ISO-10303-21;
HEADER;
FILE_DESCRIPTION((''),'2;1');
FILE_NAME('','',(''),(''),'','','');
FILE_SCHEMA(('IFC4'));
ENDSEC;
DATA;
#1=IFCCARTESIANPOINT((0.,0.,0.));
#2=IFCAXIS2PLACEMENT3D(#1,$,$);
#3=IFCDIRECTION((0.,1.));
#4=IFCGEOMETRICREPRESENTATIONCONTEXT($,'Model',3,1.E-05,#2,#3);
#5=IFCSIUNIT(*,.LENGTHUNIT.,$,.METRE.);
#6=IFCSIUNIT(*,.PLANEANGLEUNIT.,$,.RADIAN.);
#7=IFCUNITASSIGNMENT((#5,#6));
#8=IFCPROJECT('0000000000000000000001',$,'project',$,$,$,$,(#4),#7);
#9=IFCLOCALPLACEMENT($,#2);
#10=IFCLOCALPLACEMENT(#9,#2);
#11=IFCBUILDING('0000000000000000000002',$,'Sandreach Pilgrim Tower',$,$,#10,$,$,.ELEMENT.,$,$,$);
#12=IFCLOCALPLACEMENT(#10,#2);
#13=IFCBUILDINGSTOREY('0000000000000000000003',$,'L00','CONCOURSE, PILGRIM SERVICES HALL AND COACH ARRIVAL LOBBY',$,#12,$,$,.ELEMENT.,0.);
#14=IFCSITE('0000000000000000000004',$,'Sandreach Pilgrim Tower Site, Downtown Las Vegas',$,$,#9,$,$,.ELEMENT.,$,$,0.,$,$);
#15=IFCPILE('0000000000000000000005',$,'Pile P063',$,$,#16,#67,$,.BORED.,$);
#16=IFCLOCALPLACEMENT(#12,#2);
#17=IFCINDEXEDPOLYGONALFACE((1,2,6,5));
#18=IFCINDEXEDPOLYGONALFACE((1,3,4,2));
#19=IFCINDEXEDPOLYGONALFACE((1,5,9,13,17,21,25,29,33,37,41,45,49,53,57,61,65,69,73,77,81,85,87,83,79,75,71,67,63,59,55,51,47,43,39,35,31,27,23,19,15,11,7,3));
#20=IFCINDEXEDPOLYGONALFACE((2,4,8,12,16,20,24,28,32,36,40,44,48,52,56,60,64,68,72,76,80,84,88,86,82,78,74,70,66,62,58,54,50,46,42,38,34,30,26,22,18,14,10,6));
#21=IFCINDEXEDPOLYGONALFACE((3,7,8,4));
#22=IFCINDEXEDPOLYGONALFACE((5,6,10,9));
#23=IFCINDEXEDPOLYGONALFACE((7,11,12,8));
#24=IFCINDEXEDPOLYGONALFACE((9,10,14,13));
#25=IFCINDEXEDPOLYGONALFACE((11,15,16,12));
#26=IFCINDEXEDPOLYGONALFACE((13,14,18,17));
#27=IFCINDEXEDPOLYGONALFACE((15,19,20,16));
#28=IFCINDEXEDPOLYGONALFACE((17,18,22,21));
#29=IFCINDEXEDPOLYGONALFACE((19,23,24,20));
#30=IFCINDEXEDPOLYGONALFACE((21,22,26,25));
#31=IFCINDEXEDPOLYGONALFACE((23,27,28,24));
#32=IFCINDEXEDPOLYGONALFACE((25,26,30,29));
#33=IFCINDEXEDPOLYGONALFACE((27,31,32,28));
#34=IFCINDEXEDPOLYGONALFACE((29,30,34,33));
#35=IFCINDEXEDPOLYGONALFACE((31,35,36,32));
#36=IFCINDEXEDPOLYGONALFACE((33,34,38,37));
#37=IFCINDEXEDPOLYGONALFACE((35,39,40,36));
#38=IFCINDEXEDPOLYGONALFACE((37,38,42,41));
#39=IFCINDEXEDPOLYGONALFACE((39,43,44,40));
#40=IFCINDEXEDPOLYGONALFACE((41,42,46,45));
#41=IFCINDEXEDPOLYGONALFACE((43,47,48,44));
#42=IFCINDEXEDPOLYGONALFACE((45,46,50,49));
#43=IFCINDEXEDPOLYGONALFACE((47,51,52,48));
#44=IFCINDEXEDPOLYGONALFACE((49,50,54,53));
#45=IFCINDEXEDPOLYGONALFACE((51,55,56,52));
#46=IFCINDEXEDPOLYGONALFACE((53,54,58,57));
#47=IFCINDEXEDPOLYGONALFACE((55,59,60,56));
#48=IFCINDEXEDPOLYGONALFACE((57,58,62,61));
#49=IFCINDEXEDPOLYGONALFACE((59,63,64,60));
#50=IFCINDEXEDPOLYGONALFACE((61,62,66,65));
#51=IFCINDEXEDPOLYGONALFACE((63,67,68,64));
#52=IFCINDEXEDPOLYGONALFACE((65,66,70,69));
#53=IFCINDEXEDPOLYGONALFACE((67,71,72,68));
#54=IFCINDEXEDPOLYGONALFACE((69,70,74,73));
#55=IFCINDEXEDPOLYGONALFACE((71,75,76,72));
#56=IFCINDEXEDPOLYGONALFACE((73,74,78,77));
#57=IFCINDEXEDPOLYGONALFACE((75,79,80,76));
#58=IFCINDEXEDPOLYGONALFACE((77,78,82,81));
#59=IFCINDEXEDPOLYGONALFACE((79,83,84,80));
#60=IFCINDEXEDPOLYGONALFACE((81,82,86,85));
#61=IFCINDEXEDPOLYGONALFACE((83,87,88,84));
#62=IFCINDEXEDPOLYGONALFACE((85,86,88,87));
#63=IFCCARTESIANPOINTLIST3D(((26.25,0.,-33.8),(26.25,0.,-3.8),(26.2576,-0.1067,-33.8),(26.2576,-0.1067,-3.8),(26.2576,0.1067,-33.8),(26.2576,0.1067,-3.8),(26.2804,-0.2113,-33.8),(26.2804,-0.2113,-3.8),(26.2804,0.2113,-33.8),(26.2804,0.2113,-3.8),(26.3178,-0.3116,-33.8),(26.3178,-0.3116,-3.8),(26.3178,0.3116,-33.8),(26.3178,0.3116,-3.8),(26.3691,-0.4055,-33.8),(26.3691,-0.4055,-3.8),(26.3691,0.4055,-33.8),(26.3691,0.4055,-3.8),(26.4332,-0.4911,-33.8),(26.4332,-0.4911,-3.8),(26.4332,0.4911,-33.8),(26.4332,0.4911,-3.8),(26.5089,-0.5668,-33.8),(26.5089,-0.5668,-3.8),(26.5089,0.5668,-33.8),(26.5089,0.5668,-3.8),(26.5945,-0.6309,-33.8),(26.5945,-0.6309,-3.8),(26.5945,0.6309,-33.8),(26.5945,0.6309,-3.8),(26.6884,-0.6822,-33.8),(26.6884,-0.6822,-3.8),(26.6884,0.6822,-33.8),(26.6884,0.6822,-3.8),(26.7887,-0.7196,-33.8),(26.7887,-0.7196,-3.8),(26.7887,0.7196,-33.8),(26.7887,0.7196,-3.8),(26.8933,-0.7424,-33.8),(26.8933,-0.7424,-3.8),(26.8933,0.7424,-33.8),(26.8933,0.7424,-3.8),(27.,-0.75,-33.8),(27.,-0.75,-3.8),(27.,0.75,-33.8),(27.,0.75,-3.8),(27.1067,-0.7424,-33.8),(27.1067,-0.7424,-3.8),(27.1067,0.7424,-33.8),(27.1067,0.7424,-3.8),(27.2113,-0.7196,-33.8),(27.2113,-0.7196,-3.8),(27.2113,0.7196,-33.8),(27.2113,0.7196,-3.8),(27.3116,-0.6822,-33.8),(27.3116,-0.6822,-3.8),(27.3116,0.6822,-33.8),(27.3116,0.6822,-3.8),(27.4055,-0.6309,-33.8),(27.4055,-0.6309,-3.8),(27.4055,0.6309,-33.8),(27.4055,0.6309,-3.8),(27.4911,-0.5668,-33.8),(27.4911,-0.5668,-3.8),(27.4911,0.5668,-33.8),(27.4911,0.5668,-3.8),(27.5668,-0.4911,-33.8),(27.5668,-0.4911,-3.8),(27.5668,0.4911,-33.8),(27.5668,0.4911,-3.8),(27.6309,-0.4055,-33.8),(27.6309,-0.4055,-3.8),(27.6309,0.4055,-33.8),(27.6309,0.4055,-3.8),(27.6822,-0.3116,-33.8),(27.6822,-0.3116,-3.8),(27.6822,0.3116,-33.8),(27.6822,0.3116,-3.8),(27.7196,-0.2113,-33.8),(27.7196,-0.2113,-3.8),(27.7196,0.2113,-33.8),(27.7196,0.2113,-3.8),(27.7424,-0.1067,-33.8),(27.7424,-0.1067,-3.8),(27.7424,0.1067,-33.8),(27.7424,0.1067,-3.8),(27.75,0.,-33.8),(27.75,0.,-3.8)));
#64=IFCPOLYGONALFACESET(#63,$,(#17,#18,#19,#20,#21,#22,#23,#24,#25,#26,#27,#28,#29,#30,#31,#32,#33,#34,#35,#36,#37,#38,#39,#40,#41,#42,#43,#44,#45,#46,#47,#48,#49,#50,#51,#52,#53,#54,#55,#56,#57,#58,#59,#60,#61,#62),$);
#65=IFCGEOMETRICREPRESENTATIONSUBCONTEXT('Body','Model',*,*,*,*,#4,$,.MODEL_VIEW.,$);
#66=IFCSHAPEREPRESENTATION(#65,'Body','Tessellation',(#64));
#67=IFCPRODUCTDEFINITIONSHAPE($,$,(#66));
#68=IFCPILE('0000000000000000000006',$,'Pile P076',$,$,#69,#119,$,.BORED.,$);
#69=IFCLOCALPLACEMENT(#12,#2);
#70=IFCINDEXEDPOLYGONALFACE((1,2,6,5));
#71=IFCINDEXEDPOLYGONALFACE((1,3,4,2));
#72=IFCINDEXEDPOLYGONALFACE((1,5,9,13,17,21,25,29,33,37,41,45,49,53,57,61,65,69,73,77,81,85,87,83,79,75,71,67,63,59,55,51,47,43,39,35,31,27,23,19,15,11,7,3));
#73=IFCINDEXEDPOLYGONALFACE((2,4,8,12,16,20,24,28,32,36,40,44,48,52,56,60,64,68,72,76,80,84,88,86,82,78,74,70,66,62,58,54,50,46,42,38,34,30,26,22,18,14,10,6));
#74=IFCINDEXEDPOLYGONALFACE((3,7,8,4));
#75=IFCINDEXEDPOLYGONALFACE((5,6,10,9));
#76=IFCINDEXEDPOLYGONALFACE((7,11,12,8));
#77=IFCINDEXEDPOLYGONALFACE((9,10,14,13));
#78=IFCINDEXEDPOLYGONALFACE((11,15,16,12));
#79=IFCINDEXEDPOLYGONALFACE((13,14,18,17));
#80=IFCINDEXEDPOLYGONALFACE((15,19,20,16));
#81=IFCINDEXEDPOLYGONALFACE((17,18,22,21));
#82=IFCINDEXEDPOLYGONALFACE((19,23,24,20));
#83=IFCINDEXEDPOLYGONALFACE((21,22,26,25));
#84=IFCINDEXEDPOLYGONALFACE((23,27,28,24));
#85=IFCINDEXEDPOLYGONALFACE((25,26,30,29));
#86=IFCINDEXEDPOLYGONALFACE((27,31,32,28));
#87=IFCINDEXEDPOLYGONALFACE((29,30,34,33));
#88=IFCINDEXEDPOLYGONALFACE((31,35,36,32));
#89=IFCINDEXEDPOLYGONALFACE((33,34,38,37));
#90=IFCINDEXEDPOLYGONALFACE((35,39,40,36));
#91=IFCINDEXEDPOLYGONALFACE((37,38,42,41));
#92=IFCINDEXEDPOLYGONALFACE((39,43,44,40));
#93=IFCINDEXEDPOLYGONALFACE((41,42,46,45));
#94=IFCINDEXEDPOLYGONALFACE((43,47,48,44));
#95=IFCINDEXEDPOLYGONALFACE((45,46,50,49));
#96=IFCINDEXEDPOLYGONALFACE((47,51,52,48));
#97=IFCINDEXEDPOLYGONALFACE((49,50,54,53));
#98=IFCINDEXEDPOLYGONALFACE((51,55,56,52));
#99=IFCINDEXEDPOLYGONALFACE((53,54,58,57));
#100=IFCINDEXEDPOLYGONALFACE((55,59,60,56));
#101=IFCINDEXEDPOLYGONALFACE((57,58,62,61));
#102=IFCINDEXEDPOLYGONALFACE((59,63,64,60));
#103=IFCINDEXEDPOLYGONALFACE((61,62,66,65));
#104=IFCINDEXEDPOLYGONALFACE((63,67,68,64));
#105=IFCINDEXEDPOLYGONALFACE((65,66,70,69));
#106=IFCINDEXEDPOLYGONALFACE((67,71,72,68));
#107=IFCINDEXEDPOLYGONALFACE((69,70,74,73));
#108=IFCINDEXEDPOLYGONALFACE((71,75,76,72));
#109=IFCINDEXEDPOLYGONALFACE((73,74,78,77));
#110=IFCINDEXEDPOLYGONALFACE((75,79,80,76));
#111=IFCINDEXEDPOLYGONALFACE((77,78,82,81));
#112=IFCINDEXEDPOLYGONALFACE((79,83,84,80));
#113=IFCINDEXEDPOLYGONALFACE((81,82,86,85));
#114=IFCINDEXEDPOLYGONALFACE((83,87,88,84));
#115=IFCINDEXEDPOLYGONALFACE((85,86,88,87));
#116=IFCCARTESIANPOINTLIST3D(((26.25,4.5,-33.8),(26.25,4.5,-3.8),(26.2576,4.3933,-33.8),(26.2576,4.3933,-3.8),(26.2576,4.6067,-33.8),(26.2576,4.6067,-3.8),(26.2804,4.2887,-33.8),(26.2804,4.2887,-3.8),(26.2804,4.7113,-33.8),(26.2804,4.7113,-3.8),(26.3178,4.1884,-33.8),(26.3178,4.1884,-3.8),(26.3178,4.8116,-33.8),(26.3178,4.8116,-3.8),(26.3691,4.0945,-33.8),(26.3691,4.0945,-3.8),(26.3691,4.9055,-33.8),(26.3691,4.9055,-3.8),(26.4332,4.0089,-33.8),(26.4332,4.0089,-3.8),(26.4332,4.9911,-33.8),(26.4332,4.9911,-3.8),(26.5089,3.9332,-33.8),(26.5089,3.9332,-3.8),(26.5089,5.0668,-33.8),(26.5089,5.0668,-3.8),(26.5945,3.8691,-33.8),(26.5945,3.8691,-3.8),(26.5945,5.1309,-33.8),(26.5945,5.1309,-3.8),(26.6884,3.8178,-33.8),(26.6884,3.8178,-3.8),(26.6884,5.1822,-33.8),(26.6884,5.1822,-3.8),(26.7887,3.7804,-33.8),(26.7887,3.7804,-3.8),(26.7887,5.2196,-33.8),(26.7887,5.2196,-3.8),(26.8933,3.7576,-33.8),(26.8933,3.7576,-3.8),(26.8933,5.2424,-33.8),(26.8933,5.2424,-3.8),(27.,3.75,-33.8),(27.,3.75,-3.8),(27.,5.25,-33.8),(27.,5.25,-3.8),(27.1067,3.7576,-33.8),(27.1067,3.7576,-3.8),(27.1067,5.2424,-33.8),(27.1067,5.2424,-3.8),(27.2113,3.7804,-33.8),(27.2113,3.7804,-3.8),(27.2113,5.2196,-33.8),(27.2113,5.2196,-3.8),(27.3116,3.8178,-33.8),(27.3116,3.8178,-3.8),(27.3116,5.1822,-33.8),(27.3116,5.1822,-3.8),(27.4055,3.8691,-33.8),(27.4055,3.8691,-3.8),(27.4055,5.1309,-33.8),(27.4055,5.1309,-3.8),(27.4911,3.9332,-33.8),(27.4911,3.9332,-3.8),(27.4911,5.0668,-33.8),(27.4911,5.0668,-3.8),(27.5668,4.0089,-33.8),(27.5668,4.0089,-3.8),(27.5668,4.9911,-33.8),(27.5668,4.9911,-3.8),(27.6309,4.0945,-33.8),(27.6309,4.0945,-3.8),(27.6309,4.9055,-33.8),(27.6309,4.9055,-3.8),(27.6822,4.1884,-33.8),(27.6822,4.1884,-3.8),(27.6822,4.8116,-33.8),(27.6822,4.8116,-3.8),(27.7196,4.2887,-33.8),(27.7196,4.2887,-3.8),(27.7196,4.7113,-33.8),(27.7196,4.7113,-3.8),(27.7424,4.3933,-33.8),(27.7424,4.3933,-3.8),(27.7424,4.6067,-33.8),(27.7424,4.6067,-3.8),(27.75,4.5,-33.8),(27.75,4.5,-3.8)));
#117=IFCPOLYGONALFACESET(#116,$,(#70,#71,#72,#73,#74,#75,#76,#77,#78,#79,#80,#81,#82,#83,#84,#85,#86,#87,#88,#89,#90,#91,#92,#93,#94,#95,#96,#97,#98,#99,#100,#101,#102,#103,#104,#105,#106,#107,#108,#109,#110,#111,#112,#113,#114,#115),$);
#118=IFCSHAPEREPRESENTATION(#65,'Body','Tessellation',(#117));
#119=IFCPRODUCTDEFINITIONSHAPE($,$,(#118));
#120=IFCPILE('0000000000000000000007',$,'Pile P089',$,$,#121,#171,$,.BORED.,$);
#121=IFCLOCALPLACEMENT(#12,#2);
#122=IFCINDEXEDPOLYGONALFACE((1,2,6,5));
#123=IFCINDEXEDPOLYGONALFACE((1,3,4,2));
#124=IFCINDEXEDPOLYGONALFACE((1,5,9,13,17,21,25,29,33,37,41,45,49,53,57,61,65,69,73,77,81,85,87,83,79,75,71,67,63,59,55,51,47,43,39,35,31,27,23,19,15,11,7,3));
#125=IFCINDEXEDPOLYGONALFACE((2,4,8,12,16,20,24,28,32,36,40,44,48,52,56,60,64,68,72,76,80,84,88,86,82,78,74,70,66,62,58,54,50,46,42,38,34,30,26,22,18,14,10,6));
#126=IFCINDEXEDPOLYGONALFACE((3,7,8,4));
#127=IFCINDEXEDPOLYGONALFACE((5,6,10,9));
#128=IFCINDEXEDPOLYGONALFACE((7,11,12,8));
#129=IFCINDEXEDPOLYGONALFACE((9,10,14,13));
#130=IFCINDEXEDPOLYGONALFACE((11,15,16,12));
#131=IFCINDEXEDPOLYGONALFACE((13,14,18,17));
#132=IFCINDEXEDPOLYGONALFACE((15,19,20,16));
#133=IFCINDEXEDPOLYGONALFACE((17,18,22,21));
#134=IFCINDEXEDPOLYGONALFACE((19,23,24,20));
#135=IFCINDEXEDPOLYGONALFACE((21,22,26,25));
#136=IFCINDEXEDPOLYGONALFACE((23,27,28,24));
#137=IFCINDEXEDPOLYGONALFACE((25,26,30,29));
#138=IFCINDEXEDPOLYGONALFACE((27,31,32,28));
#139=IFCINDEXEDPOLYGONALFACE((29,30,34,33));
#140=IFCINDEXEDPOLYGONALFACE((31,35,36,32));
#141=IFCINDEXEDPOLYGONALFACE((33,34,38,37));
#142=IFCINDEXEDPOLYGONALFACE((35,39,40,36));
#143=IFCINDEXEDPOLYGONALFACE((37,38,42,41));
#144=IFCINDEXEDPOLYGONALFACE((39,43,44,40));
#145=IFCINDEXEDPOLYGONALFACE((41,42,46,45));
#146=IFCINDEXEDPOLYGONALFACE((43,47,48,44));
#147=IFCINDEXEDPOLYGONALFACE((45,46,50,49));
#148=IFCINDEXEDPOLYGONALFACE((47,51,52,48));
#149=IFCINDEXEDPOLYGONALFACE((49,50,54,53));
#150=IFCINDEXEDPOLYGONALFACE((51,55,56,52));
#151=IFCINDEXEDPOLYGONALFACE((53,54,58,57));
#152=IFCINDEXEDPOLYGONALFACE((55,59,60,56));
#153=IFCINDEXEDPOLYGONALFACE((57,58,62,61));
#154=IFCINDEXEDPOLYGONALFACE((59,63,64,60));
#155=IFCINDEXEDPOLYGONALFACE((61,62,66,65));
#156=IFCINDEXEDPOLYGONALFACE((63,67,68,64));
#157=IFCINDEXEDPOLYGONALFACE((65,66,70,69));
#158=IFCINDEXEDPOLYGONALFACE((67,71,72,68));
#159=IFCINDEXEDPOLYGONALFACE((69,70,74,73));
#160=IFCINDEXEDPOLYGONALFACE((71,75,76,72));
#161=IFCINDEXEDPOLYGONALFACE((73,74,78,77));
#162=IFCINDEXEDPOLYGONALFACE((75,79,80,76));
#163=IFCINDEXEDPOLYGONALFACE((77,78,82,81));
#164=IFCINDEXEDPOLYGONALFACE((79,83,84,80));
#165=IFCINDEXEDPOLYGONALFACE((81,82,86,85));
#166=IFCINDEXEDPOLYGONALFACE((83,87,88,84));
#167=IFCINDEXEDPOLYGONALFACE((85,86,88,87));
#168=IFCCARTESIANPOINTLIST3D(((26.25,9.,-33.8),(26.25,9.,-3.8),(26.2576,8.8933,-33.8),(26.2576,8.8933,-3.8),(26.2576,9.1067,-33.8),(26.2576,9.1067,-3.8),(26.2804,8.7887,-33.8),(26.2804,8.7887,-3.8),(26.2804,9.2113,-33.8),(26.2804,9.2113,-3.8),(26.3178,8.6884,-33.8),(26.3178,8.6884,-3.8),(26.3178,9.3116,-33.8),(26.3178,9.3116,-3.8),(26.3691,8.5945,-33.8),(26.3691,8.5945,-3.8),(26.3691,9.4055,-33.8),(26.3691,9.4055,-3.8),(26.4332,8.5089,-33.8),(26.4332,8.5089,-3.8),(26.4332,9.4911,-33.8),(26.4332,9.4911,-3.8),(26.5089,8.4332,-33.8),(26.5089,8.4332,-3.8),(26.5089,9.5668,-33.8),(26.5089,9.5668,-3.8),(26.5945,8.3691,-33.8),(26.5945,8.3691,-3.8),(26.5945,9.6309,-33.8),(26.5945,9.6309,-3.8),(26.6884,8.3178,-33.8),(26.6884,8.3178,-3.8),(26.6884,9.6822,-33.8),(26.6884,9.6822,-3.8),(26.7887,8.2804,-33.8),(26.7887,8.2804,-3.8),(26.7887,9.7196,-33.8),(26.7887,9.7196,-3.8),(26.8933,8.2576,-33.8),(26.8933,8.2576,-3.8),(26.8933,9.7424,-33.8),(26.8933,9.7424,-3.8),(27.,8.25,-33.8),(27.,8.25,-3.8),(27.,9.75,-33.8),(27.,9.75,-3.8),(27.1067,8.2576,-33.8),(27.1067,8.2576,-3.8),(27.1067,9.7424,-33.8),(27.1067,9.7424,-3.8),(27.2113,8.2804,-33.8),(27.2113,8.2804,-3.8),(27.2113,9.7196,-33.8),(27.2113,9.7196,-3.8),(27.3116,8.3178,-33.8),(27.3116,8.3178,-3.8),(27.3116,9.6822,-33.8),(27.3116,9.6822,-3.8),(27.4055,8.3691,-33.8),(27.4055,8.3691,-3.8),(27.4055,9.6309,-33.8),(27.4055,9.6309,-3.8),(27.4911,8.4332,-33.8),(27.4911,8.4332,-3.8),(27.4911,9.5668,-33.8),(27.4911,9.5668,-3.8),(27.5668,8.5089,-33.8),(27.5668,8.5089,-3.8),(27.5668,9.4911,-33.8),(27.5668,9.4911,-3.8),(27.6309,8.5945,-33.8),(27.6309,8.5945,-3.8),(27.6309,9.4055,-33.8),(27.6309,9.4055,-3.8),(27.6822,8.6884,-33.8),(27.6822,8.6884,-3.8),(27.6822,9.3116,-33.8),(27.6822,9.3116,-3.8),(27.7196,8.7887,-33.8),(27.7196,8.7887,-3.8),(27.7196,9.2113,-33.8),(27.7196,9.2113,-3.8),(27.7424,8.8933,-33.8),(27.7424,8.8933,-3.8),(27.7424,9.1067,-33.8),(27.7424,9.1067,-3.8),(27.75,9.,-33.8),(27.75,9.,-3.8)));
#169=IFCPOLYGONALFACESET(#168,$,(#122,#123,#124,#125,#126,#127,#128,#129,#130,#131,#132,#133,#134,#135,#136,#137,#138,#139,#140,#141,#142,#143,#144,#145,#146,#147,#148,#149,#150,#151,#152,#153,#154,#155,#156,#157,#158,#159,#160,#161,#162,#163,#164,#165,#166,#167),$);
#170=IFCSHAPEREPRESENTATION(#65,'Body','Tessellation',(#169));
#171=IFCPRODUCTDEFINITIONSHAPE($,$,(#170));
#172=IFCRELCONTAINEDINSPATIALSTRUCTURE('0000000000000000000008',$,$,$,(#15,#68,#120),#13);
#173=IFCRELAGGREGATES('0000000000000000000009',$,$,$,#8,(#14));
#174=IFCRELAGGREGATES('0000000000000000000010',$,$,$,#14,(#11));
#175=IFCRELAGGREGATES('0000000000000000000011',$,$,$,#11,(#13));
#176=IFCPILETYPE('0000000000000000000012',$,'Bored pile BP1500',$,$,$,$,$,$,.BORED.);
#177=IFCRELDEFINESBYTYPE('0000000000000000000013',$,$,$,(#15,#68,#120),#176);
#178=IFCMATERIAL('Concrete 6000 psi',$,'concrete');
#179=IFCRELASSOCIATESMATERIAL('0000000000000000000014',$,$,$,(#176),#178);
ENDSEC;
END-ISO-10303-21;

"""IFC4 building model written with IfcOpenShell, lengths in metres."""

from ifc_helpers import new_model, si_unit, direction, frame, origin, origin_2d, place, context, subcontext, project, spatial, circle, extrude, material, material_profile, profile_set, type_object, element, save


model = new_model("IFC4")

# Units and contexts
model_context = context("Model", 3, precision=1e-05, world=origin(), true_north=direction((0.0, 1.0)))
body_context = subcontext(model_context, "Body", "Model", "MODEL_VIEW")
ifc_project = project(units=[si_unit("LENGTHUNIT", "METRE"), si_unit("PLANEANGLEUNIT", "RADIAN")], contexts=[model_context])

# Site, building, storey
site_placement = place(None, origin())
site = spatial("IfcSite", under=ifc_project, at=site_placement, Name="Sandreach Pilgrim Tower Site, Downtown Las Vegas", CompositionType="ELEMENT", RefElevation=0.0)
building_placement = place(site_placement, origin())
building = spatial("IfcBuilding", under=site, at=building_placement, Name="Sandreach Pilgrim Tower", CompositionType="ELEMENT")
storey_placement = place(building_placement, origin())
storey = spatial("IfcBuildingStorey", under=building, at=storey_placement, Name="L00", Description="CONCOURSE, PILGRIM SERVICES HALL AND COACH ARRIVAL LOBBY", CompositionType="ELEMENT", Elevation=0.0)

# Piles
ifc_material_1 = material(Name="Concrete 6000 psi", Category="concrete")
ifc_material_profile_1 = material_profile(ifc_material_1, circle(Radius=0.75, at=origin_2d()), Name="BP1500")
ifc_profile_set_1 = profile_set([ifc_material_profile_1], Name="Concrete 6000 psi")
pile_type = type_object("IfcPileType", Name="Bored pile BP1500", PredefinedType="BORED", material=ifc_profile_set_1)
for number, where, z_axis, x_axis, name in (
    (1, (27.0, 0.0, -3.8), (0.0, 0.0, -1.0), (1.0, 0.0, 0.0), "Pile P063"),
    (2, (27.0, 4.5, -3.8), (0.0, 0.0, -1.0), (1.0, 0.0, 0.0), "Pile P076"),
    (3, (27.0, 9.0, -3.8), (0.0, 0.0, -1.0), (1.0, 0.0, 0.0), "Pile P089"),
):
    element("IfcPile", number, at=place(storey_placement, frame(where, z_axis=z_axis, x_axis=x_axis)), inside=storey, type_object=pile_type, Name=name, PredefinedType="BORED", context=body_context, shape_type="SweptSolid", body=[
        extrude(circle(Radius=0.75, at=origin_2d()), origin(), (0.0, 0.0, 1.0), 30.0),
    ])

save(model, "model.ifc")
